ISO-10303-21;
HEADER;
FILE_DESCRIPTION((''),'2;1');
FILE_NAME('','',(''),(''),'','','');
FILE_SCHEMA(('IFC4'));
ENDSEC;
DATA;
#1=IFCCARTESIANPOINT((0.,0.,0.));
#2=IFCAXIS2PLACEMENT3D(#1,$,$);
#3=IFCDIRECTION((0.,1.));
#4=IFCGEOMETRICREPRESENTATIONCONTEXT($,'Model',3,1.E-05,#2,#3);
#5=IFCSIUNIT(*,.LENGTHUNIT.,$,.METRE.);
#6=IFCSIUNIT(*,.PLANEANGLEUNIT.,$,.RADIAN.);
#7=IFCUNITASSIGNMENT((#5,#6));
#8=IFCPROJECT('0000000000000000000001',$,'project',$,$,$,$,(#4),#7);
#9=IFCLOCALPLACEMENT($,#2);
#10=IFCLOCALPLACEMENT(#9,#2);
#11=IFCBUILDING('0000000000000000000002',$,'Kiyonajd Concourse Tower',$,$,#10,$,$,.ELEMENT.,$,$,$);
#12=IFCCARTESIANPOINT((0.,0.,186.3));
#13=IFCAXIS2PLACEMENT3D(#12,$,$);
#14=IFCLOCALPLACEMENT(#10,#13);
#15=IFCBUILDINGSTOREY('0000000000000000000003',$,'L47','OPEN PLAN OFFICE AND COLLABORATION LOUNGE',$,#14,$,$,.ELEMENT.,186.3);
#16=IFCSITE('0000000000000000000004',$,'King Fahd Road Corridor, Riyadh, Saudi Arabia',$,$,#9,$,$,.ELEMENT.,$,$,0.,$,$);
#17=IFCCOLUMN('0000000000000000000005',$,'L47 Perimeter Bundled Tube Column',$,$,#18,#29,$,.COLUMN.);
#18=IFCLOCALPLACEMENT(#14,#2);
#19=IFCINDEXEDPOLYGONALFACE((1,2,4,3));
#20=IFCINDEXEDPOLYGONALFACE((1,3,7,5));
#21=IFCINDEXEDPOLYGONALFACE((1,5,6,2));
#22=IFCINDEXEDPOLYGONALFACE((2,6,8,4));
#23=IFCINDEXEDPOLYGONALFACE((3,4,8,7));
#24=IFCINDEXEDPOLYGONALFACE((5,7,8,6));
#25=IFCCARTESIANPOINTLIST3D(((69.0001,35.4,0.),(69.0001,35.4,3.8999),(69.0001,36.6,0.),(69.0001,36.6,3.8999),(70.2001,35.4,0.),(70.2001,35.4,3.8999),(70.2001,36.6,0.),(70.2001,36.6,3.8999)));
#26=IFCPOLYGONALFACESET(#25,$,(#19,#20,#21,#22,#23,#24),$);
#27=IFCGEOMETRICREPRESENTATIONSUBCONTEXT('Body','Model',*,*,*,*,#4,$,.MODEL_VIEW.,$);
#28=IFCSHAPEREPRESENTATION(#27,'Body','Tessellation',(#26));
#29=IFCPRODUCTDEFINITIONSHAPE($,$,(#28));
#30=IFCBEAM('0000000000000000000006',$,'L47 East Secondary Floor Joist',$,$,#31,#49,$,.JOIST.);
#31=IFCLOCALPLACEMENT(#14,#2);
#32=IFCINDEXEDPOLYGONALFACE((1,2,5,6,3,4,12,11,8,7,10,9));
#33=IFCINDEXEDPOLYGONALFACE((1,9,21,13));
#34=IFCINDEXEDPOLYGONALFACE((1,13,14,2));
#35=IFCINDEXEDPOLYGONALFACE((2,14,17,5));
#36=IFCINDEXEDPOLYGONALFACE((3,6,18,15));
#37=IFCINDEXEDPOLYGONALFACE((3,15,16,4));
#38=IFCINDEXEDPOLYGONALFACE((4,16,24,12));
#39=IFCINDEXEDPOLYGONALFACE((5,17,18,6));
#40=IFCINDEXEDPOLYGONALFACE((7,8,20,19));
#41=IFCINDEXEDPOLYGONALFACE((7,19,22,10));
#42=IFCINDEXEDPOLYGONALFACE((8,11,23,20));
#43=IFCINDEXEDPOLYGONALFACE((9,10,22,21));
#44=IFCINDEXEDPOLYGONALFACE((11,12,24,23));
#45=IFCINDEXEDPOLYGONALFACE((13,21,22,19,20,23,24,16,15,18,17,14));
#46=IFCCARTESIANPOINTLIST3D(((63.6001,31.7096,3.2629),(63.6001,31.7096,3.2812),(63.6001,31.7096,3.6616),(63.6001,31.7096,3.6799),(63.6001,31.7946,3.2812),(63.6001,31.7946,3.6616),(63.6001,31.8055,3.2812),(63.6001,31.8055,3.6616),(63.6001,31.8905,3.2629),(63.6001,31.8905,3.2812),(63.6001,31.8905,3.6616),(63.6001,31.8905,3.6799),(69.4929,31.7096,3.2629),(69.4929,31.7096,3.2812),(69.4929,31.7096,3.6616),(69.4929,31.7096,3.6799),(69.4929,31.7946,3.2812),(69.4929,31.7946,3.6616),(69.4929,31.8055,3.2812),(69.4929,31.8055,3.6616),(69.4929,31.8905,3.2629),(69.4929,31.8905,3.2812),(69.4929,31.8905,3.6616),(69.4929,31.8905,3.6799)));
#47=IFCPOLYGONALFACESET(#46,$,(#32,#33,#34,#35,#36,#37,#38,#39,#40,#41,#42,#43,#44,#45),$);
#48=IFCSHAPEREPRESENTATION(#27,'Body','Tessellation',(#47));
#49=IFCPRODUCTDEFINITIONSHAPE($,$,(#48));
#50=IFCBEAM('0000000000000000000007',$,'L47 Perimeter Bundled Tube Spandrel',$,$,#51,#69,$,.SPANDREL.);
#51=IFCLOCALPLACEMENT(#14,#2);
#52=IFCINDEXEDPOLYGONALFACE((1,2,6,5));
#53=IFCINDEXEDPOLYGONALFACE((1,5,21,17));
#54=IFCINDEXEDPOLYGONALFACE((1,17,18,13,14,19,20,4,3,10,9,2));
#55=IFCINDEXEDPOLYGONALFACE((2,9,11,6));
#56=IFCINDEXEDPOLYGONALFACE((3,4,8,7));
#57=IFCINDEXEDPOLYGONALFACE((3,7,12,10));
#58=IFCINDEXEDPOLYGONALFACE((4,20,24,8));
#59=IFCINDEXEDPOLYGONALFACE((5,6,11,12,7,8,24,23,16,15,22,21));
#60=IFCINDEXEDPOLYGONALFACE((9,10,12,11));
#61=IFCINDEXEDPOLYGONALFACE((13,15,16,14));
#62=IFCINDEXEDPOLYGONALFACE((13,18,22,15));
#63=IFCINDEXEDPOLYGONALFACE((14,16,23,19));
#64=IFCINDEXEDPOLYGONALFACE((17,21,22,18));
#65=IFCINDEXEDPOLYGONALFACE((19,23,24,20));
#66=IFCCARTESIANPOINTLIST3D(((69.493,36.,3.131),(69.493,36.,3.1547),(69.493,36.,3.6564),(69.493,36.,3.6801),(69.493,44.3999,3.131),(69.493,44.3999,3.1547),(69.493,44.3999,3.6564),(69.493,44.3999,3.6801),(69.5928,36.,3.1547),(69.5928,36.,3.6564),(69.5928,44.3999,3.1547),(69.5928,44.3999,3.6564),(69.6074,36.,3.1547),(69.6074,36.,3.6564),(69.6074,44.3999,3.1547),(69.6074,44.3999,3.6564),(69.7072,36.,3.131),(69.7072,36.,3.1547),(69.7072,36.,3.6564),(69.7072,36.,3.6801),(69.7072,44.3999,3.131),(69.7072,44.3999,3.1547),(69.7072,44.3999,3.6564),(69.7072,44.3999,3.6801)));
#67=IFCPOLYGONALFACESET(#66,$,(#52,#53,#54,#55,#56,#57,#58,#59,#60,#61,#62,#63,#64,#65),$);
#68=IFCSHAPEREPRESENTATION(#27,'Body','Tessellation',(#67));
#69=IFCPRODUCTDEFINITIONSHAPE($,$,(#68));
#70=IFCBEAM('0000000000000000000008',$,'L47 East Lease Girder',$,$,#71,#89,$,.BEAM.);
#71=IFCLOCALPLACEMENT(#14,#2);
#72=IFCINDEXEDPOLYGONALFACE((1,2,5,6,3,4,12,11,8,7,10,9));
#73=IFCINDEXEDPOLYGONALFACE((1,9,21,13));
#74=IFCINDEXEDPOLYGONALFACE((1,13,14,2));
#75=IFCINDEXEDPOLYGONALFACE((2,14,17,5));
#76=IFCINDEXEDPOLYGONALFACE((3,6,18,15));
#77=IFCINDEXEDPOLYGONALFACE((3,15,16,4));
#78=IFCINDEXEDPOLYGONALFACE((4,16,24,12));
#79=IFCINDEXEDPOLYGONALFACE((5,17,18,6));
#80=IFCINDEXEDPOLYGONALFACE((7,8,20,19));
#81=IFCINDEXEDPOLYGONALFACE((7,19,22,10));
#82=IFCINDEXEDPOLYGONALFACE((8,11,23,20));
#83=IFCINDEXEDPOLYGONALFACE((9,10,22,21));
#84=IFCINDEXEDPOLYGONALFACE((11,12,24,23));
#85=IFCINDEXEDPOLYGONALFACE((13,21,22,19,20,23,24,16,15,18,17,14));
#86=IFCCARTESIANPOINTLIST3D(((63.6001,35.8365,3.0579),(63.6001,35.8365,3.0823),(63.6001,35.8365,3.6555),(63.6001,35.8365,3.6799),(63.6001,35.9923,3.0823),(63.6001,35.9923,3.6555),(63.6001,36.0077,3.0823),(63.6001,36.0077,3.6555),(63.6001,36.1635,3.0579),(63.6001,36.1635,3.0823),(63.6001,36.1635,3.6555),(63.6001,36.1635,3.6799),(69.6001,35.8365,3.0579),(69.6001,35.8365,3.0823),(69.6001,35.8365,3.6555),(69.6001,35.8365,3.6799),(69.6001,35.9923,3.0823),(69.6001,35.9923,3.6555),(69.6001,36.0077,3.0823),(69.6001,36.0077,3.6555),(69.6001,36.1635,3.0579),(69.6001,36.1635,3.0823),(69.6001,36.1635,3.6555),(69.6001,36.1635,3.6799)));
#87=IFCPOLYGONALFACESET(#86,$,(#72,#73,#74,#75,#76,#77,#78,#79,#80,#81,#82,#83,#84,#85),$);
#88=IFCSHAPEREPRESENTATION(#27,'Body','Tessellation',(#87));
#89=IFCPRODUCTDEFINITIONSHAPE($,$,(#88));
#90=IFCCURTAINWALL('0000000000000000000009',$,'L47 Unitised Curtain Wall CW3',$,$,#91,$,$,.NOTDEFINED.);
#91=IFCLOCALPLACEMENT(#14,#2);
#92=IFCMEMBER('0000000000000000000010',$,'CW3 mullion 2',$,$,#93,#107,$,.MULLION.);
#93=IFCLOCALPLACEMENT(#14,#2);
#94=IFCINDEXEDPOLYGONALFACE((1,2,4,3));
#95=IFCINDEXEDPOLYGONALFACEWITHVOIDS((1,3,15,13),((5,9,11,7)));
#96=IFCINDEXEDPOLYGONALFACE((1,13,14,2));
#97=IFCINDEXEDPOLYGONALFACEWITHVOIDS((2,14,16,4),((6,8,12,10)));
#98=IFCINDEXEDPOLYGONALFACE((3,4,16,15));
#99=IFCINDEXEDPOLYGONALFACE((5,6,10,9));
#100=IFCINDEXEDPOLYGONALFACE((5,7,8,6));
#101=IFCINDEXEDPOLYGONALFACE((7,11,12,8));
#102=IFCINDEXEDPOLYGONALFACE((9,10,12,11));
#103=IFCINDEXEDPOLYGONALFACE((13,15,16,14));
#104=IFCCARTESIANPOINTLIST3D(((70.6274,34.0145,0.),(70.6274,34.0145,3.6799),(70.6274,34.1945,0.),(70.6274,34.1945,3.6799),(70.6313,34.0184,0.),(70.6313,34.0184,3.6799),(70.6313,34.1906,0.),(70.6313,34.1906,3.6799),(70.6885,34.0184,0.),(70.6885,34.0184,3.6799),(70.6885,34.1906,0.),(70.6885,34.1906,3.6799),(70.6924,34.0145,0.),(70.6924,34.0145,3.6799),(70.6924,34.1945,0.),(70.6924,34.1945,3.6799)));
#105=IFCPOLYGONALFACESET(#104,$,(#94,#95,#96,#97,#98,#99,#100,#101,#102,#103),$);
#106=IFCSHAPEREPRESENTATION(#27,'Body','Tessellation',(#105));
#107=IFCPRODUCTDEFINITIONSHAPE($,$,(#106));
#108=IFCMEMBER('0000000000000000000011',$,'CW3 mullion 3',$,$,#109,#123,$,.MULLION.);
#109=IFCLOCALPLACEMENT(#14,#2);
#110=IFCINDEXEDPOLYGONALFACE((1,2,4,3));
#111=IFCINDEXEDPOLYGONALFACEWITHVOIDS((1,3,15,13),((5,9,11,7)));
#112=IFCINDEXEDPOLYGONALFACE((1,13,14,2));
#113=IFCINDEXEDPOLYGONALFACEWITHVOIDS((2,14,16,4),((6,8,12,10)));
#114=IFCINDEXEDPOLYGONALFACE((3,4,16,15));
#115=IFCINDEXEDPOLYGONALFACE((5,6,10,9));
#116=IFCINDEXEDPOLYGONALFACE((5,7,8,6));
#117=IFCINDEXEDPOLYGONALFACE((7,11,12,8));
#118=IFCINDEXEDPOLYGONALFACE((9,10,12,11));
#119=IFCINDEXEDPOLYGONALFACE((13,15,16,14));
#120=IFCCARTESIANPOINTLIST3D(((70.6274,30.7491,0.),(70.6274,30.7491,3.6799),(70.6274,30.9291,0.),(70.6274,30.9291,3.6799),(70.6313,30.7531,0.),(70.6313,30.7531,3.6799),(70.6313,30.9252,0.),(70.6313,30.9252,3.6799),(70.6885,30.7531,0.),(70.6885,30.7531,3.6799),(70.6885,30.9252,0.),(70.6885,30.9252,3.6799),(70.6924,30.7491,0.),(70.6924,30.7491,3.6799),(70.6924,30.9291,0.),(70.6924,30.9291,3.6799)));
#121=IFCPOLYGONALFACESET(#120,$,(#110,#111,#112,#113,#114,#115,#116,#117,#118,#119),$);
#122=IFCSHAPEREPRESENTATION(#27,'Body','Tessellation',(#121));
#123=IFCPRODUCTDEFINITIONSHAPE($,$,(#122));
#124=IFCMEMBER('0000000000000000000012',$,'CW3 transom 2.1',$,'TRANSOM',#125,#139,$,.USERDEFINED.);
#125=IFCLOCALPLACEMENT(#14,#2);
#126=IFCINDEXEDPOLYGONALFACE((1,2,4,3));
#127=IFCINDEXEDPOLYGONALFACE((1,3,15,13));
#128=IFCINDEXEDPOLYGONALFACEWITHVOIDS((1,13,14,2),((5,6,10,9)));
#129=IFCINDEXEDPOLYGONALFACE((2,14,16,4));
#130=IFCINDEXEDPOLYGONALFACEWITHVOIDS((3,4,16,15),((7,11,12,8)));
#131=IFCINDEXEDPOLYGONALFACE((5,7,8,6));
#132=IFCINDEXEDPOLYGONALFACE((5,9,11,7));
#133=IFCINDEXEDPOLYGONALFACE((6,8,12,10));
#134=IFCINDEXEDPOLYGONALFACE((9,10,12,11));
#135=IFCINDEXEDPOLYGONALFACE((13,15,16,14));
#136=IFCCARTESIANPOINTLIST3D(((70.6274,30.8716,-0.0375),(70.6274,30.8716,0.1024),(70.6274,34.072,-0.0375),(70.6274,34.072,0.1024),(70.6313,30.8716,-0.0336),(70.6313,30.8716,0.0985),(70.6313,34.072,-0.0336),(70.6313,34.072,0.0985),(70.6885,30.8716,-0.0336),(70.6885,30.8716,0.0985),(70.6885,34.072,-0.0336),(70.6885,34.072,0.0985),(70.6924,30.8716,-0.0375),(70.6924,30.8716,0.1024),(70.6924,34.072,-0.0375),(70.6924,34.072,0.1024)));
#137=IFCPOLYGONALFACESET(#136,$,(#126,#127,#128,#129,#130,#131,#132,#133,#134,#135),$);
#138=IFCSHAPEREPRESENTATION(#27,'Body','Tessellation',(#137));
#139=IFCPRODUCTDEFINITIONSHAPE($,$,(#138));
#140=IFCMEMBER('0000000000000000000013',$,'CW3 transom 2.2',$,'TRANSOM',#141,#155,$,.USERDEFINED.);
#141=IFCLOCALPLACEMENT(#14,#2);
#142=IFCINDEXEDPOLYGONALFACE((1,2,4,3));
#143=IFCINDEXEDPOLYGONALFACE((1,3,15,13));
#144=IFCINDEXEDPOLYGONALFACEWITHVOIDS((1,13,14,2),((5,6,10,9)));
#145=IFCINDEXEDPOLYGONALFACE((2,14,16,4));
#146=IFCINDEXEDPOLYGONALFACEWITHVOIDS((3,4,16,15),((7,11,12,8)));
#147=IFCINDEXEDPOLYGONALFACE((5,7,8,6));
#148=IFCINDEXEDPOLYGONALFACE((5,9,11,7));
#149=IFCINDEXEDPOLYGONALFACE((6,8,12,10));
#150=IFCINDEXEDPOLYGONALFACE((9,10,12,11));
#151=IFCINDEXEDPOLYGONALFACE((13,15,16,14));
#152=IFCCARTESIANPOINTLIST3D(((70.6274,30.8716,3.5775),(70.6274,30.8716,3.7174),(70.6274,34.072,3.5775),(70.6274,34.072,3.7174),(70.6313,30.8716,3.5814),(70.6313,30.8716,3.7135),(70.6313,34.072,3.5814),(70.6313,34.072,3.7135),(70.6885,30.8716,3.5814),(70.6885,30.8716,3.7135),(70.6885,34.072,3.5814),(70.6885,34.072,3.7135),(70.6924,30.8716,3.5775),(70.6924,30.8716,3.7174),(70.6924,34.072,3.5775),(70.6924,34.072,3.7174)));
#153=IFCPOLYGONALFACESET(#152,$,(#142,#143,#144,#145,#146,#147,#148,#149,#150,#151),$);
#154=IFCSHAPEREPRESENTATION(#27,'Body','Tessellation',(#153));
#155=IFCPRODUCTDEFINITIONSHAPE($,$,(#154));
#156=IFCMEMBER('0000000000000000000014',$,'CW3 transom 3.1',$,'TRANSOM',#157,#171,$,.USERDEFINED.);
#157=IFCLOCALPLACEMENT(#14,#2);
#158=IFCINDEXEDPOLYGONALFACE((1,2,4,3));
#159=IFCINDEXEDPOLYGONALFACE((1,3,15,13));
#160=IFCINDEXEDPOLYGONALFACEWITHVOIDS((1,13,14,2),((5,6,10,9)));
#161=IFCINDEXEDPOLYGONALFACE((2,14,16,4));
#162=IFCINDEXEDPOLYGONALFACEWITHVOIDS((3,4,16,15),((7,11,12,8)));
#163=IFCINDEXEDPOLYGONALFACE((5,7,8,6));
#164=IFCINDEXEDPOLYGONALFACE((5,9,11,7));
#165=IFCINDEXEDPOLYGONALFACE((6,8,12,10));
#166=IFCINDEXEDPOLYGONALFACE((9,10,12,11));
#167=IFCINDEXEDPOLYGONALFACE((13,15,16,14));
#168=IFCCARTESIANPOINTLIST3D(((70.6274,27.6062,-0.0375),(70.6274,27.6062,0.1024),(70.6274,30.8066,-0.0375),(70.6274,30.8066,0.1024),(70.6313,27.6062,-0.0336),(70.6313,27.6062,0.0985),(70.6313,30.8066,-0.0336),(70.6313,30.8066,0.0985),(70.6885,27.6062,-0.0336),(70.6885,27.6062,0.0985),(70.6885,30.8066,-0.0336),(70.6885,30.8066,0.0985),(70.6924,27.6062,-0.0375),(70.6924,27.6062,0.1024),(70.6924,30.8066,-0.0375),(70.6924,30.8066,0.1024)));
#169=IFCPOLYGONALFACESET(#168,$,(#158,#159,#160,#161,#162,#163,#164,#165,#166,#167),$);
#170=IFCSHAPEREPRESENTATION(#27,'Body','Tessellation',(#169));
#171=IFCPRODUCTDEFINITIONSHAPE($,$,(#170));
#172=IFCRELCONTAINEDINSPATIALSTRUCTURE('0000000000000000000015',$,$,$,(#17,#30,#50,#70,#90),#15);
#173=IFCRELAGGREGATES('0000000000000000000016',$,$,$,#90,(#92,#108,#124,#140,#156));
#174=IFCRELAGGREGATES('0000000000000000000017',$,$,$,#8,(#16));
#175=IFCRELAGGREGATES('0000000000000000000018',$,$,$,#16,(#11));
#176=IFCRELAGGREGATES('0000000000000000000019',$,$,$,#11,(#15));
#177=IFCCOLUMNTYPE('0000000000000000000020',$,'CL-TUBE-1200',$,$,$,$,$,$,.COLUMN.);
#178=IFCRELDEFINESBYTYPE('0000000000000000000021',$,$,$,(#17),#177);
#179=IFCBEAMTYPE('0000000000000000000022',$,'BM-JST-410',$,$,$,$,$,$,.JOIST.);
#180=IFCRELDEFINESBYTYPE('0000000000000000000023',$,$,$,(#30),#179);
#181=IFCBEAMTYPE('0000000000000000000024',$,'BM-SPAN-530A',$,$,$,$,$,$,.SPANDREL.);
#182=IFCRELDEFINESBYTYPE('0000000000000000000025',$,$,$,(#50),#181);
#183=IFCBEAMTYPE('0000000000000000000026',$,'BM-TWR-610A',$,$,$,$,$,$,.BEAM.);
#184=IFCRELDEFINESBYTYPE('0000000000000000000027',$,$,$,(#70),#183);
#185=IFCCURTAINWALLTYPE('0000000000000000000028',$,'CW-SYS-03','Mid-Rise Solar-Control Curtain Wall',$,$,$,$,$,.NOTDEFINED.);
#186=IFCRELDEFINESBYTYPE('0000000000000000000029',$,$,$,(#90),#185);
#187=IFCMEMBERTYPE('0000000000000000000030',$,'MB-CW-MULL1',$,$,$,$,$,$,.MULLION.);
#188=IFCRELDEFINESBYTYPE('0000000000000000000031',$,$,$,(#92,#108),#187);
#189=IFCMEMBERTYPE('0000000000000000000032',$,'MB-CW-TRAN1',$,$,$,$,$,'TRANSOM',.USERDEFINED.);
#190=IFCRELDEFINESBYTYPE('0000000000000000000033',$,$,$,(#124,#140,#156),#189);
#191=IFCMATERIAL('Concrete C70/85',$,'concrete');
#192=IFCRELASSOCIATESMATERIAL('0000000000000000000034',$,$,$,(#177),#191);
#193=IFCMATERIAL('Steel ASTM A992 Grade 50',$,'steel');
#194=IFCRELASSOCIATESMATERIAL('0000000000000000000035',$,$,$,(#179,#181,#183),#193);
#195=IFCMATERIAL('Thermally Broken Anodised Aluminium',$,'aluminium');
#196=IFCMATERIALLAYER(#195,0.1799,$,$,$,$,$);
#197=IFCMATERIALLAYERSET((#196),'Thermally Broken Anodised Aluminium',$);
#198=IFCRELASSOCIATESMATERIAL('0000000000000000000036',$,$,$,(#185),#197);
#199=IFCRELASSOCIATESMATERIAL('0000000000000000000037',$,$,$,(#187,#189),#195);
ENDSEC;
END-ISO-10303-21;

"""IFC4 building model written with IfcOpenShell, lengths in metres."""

from ifc_helpers import new_model, si_unit, direction, frame, origin, origin_2d, place, context, subcontext, project, spatial, rectangle, hollow_rectangle, i_section, extrude, material, layer, layer_set, material_profile, profile_set, type_object, element, aggregate, save


model = new_model("IFC4")

# Units and contexts
model_context = context("Model", 3, precision=1e-05, world=origin(), true_north=direction((0.0, 1.0)))
body_context = subcontext(model_context, "Body", "Model", "MODEL_VIEW")
ifc_project = project(units=[si_unit("LENGTHUNIT", "METRE"), si_unit("PLANEANGLEUNIT", "RADIAN")], contexts=[model_context])

# Site, building, storey
site_placement = place(None, origin())
site = spatial("IfcSite", under=ifc_project, at=site_placement, Name="King Fahd Road Corridor, Riyadh, Saudi Arabia", CompositionType="ELEMENT", RefElevation=0.0)
building_placement = place(site_placement, origin())
building = spatial("IfcBuilding", under=site, at=building_placement, Name="Kiyonajd Concourse Tower", CompositionType="ELEMENT")
storey_placement = place(building_placement, frame((0.0, 0.0, 186.3)))
storey = spatial("IfcBuildingStorey", under=building, at=storey_placement, Name="L47", Description="OPEN PLAN OFFICE AND COLLABORATION LOUNGE", CompositionType="ELEMENT", Elevation=186.3)

# Column
ifc_material_1 = material(Name="Concrete C70/85", Category="concrete")
ifc_material_profile_1 = material_profile(ifc_material_1, rectangle(XDim=1.2, YDim=1.2, at=origin_2d()), Name="RC-1200x1200")
ifc_profile_set_1 = profile_set([ifc_material_profile_1], Name="Concrete C70/85")
column_type = type_object("IfcColumnType", Name="CL-TUBE-1200", PredefinedType="COLUMN", material=ifc_profile_set_1)
column_placement = place(storey_placement, frame((69.6001, 36.0, 0.0), z_axis=(0.0, 0.0, 1.0), x_axis=(1.0, 0.0, 0.0)))
element("IfcColumn", 1, at=column_placement, inside=storey, type_object=column_type, Name="L47 Perimeter Bundled Tube Column", PredefinedType="COLUMN", context=body_context, shape_type="SweptSolid", body=[
    extrude(rectangle(XDim=1.2, YDim=1.2, at=origin_2d()), origin(), (0.0, 0.0, 1.0), 3.8999),
])

# Beams
ifc_material_2 = material(Name="Steel ASTM A992 Grade 50", Category="steel")
ifc_material_profile_2 = material_profile(ifc_material_2, i_section(OverallWidth=0.1809, OverallDepth=0.417, WebThickness=0.011, FlangeThickness=0.0183, at=origin_2d()), Name="W410X85")
ifc_profile_set_2 = profile_set([ifc_material_profile_2], Name="Steel ASTM A992 Grade 50")
beam_type_1 = type_object("IfcBeamType", Name="BM-JST-410", PredefinedType="JOIST", material=ifc_profile_set_2)
beam_1_placement = place(storey_placement, frame((63.6001, 31.8, 3.4714), z_axis=(1.0, 0.0, 0.0), x_axis=(0.0, 1.0, 0.0)))
element("IfcBeam", 2, at=beam_1_placement, inside=storey, type_object=beam_type_1, Name="L47 East Secondary Floor Joist", PredefinedType="JOIST", context=body_context, shape_type="SweptSolid", body=[
    extrude(i_section(OverallWidth=0.1809, OverallDepth=0.417, WebThickness=0.011, FlangeThickness=0.0183, at=origin_2d()), origin(), (0.0, 0.0, 1.0), 5.8928),
])
ifc_material_profile_3 = material_profile(ifc_material_2, i_section(OverallWidth=0.2141, OverallDepth=0.5491, WebThickness=0.0146, FlangeThickness=0.0237, at=origin_2d()), Name="W530X138")
ifc_profile_set_3 = profile_set([ifc_material_profile_3], Name="Steel ASTM A992 Grade 50")
beam_type_2 = type_object("IfcBeamType", Name="BM-SPAN-530A", PredefinedType="SPANDREL", material=ifc_profile_set_3)
beam_2_placement = place(storey_placement, frame((69.6001, 36.0, 3.4055), z_axis=(0.0, 1.0, 0.0), x_axis=(-1.0, 0.0, 0.0)))
element("IfcBeam", 3, at=beam_2_placement, inside=storey, type_object=beam_type_2, Name="L47 Perimeter Bundled Tube Spandrel", PredefinedType="SPANDREL", context=body_context, shape_type="SweptSolid", body=[
    extrude(i_section(OverallWidth=0.2141, OverallDepth=0.5491, WebThickness=0.0146, FlangeThickness=0.0237, at=origin_2d()), origin(), (0.0, 0.0, 1.0), 8.3999),
])
ifc_material_profile_4 = material_profile(ifc_material_2, i_section(OverallWidth=0.3269, OverallDepth=0.6221, WebThickness=0.0154, FlangeThickness=0.0244, at=origin_2d()), Name="W610X195")
ifc_profile_set_4 = profile_set([ifc_material_profile_4], Name="Steel ASTM A992 Grade 50")
beam_type_3 = type_object("IfcBeamType", Name="BM-TWR-610A", PredefinedType="BEAM", material=ifc_profile_set_4)
beam_3_placement = place(storey_placement, frame((63.6001, 36.0, 3.3689), z_axis=(1.0, 0.0, 0.0), x_axis=(0.0, 1.0, 0.0)))
element("IfcBeam", 4, at=beam_3_placement, inside=storey, type_object=beam_type_3, Name="L47 East Lease Girder", PredefinedType="BEAM", context=body_context, shape_type="SweptSolid", body=[
    extrude(i_section(OverallWidth=0.3269, OverallDepth=0.6221, WebThickness=0.0154, FlangeThickness=0.0244, at=origin_2d()), origin(), (0.0, 0.0, 1.0), 6.0),
])

# Curtain wall, members
ifc_material_3 = material(Name="Thermally Broken Anodised Aluminium", Category="aluminium")
ifc_layer_1 = layer(ifc_material_3, 0.1799)
ifc_layer_set_1 = layer_set([ifc_layer_1], Name="Thermally Broken Anodised Aluminium")
curtain_wall_type = type_object("IfcCurtainWallType", Name="CW-SYS-03", Description="Mid-Rise Solar-Control Curtain Wall", PredefinedType="NOTDEFINED", material=ifc_layer_set_1)
curtain_wall_placement = place(storey_placement, origin())
curtain_wall = element("IfcCurtainWall", 5, at=curtain_wall_placement, inside=storey, type_object=curtain_wall_type, Name="L47 Unitised Curtain Wall CW3", PredefinedType="NOTDEFINED")
ifc_material_profile_5 = material_profile(ifc_material_3, hollow_rectangle(XDim=0.0649, YDim=0.1799, WallThickness=0.0039, at=origin_2d()), Name="MULL-65x180")
ifc_profile_set_5 = profile_set([ifc_material_profile_5], Name="Thermally Broken Anodised Aluminium")
member_type_1 = type_object("IfcMemberType", Name="MB-CW-MULL1", PredefinedType="MULLION", material=ifc_profile_set_5)
member_1_placement = place(storey_placement, frame((70.6599, 34.1045, 0.0), z_axis=(0.0, 0.0, 1.0), x_axis=(1.0, 0.0, 0.0)))
member_1 = element("IfcMember", 6, at=member_1_placement, type_object=member_type_1, Name="CW3 mullion 2", PredefinedType="MULLION", context=body_context, shape_type="SweptSolid", body=[
    extrude(hollow_rectangle(XDim=0.0649, YDim=0.1799, WallThickness=0.0039, at=origin_2d()), origin(), (0.0, 0.0, 1.0), 3.6799),
])
member_2_placement = place(storey_placement, frame((70.6599, 30.8391, 0.0), z_axis=(0.0, 0.0, 1.0), x_axis=(1.0, 0.0, 0.0)))
member_2 = element("IfcMember", 7, at=member_2_placement, type_object=member_type_1, Name="CW3 mullion 3", PredefinedType="MULLION", context=body_context, shape_type="SweptSolid", body=[
    extrude(hollow_rectangle(XDim=0.0649, YDim=0.1799, WallThickness=0.0039, at=origin_2d()), origin(), (0.0, 0.0, 1.0), 3.6799),
])
ifc_material_profile_6 = material_profile(ifc_material_3, hollow_rectangle(XDim=0.0649, YDim=0.1399, WallThickness=0.0039, at=origin_2d()), Name="TRAN-65x140")
ifc_profile_set_6 = profile_set([ifc_material_profile_6], Name="Thermally Broken Anodised Aluminium")
member_type_2 = type_object("IfcMemberType", Name="MB-CW-TRAN1", ElementType="TRANSOM", PredefinedType="USERDEFINED", material=ifc_profile_set_6)
member_3_placement = place(storey_placement, frame((70.6599, 34.072, 0.0325), z_axis=(0.0, -1.0, 0.0), x_axis=(1.0, 0.0, 0.0)))
member_3 = element("IfcMember", 8, at=member_3_placement, type_object=member_type_2, Name="CW3 transom 2.1", ObjectType="TRANSOM", PredefinedType="USERDEFINED", context=body_context, shape_type="SweptSolid", body=[
    extrude(hollow_rectangle(XDim=0.0649, YDim=0.1399, WallThickness=0.0039, at=origin_2d()), origin(), (0.0, 0.0, 1.0), 3.2004),
])
member_4_placement = place(storey_placement, frame((70.6599, 34.072, 3.6475), z_axis=(0.0, -1.0, 0.0), x_axis=(1.0, 0.0, 0.0)))
member_4 = element("IfcMember", 9, at=member_4_placement, type_object=member_type_2, Name="CW3 transom 2.2", ObjectType="TRANSOM", PredefinedType="USERDEFINED", context=body_context, shape_type="SweptSolid", body=[
    extrude(hollow_rectangle(XDim=0.0649, YDim=0.1399, WallThickness=0.0039, at=origin_2d()), origin(), (0.0, 0.0, 1.0), 3.2004),
])
member_5_placement = place(storey_placement, frame((70.6599, 30.8066, 0.0325), z_axis=(0.0, -1.0, 0.0), x_axis=(1.0, 0.0, 0.0)))
member_5 = element("IfcMember", 10, at=member_5_placement, type_object=member_type_2, Name="CW3 transom 3.1", ObjectType="TRANSOM", PredefinedType="USERDEFINED", context=body_context, shape_type="SweptSolid", body=[
    extrude(hollow_rectangle(XDim=0.0649, YDim=0.1399, WallThickness=0.0039, at=origin_2d()), origin(), (0.0, 0.0, 1.0), 3.2004),
])
aggregate(curtain_wall, [member_1, member_2, member_3, member_4, member_5])

save(model, "model.ifc")
